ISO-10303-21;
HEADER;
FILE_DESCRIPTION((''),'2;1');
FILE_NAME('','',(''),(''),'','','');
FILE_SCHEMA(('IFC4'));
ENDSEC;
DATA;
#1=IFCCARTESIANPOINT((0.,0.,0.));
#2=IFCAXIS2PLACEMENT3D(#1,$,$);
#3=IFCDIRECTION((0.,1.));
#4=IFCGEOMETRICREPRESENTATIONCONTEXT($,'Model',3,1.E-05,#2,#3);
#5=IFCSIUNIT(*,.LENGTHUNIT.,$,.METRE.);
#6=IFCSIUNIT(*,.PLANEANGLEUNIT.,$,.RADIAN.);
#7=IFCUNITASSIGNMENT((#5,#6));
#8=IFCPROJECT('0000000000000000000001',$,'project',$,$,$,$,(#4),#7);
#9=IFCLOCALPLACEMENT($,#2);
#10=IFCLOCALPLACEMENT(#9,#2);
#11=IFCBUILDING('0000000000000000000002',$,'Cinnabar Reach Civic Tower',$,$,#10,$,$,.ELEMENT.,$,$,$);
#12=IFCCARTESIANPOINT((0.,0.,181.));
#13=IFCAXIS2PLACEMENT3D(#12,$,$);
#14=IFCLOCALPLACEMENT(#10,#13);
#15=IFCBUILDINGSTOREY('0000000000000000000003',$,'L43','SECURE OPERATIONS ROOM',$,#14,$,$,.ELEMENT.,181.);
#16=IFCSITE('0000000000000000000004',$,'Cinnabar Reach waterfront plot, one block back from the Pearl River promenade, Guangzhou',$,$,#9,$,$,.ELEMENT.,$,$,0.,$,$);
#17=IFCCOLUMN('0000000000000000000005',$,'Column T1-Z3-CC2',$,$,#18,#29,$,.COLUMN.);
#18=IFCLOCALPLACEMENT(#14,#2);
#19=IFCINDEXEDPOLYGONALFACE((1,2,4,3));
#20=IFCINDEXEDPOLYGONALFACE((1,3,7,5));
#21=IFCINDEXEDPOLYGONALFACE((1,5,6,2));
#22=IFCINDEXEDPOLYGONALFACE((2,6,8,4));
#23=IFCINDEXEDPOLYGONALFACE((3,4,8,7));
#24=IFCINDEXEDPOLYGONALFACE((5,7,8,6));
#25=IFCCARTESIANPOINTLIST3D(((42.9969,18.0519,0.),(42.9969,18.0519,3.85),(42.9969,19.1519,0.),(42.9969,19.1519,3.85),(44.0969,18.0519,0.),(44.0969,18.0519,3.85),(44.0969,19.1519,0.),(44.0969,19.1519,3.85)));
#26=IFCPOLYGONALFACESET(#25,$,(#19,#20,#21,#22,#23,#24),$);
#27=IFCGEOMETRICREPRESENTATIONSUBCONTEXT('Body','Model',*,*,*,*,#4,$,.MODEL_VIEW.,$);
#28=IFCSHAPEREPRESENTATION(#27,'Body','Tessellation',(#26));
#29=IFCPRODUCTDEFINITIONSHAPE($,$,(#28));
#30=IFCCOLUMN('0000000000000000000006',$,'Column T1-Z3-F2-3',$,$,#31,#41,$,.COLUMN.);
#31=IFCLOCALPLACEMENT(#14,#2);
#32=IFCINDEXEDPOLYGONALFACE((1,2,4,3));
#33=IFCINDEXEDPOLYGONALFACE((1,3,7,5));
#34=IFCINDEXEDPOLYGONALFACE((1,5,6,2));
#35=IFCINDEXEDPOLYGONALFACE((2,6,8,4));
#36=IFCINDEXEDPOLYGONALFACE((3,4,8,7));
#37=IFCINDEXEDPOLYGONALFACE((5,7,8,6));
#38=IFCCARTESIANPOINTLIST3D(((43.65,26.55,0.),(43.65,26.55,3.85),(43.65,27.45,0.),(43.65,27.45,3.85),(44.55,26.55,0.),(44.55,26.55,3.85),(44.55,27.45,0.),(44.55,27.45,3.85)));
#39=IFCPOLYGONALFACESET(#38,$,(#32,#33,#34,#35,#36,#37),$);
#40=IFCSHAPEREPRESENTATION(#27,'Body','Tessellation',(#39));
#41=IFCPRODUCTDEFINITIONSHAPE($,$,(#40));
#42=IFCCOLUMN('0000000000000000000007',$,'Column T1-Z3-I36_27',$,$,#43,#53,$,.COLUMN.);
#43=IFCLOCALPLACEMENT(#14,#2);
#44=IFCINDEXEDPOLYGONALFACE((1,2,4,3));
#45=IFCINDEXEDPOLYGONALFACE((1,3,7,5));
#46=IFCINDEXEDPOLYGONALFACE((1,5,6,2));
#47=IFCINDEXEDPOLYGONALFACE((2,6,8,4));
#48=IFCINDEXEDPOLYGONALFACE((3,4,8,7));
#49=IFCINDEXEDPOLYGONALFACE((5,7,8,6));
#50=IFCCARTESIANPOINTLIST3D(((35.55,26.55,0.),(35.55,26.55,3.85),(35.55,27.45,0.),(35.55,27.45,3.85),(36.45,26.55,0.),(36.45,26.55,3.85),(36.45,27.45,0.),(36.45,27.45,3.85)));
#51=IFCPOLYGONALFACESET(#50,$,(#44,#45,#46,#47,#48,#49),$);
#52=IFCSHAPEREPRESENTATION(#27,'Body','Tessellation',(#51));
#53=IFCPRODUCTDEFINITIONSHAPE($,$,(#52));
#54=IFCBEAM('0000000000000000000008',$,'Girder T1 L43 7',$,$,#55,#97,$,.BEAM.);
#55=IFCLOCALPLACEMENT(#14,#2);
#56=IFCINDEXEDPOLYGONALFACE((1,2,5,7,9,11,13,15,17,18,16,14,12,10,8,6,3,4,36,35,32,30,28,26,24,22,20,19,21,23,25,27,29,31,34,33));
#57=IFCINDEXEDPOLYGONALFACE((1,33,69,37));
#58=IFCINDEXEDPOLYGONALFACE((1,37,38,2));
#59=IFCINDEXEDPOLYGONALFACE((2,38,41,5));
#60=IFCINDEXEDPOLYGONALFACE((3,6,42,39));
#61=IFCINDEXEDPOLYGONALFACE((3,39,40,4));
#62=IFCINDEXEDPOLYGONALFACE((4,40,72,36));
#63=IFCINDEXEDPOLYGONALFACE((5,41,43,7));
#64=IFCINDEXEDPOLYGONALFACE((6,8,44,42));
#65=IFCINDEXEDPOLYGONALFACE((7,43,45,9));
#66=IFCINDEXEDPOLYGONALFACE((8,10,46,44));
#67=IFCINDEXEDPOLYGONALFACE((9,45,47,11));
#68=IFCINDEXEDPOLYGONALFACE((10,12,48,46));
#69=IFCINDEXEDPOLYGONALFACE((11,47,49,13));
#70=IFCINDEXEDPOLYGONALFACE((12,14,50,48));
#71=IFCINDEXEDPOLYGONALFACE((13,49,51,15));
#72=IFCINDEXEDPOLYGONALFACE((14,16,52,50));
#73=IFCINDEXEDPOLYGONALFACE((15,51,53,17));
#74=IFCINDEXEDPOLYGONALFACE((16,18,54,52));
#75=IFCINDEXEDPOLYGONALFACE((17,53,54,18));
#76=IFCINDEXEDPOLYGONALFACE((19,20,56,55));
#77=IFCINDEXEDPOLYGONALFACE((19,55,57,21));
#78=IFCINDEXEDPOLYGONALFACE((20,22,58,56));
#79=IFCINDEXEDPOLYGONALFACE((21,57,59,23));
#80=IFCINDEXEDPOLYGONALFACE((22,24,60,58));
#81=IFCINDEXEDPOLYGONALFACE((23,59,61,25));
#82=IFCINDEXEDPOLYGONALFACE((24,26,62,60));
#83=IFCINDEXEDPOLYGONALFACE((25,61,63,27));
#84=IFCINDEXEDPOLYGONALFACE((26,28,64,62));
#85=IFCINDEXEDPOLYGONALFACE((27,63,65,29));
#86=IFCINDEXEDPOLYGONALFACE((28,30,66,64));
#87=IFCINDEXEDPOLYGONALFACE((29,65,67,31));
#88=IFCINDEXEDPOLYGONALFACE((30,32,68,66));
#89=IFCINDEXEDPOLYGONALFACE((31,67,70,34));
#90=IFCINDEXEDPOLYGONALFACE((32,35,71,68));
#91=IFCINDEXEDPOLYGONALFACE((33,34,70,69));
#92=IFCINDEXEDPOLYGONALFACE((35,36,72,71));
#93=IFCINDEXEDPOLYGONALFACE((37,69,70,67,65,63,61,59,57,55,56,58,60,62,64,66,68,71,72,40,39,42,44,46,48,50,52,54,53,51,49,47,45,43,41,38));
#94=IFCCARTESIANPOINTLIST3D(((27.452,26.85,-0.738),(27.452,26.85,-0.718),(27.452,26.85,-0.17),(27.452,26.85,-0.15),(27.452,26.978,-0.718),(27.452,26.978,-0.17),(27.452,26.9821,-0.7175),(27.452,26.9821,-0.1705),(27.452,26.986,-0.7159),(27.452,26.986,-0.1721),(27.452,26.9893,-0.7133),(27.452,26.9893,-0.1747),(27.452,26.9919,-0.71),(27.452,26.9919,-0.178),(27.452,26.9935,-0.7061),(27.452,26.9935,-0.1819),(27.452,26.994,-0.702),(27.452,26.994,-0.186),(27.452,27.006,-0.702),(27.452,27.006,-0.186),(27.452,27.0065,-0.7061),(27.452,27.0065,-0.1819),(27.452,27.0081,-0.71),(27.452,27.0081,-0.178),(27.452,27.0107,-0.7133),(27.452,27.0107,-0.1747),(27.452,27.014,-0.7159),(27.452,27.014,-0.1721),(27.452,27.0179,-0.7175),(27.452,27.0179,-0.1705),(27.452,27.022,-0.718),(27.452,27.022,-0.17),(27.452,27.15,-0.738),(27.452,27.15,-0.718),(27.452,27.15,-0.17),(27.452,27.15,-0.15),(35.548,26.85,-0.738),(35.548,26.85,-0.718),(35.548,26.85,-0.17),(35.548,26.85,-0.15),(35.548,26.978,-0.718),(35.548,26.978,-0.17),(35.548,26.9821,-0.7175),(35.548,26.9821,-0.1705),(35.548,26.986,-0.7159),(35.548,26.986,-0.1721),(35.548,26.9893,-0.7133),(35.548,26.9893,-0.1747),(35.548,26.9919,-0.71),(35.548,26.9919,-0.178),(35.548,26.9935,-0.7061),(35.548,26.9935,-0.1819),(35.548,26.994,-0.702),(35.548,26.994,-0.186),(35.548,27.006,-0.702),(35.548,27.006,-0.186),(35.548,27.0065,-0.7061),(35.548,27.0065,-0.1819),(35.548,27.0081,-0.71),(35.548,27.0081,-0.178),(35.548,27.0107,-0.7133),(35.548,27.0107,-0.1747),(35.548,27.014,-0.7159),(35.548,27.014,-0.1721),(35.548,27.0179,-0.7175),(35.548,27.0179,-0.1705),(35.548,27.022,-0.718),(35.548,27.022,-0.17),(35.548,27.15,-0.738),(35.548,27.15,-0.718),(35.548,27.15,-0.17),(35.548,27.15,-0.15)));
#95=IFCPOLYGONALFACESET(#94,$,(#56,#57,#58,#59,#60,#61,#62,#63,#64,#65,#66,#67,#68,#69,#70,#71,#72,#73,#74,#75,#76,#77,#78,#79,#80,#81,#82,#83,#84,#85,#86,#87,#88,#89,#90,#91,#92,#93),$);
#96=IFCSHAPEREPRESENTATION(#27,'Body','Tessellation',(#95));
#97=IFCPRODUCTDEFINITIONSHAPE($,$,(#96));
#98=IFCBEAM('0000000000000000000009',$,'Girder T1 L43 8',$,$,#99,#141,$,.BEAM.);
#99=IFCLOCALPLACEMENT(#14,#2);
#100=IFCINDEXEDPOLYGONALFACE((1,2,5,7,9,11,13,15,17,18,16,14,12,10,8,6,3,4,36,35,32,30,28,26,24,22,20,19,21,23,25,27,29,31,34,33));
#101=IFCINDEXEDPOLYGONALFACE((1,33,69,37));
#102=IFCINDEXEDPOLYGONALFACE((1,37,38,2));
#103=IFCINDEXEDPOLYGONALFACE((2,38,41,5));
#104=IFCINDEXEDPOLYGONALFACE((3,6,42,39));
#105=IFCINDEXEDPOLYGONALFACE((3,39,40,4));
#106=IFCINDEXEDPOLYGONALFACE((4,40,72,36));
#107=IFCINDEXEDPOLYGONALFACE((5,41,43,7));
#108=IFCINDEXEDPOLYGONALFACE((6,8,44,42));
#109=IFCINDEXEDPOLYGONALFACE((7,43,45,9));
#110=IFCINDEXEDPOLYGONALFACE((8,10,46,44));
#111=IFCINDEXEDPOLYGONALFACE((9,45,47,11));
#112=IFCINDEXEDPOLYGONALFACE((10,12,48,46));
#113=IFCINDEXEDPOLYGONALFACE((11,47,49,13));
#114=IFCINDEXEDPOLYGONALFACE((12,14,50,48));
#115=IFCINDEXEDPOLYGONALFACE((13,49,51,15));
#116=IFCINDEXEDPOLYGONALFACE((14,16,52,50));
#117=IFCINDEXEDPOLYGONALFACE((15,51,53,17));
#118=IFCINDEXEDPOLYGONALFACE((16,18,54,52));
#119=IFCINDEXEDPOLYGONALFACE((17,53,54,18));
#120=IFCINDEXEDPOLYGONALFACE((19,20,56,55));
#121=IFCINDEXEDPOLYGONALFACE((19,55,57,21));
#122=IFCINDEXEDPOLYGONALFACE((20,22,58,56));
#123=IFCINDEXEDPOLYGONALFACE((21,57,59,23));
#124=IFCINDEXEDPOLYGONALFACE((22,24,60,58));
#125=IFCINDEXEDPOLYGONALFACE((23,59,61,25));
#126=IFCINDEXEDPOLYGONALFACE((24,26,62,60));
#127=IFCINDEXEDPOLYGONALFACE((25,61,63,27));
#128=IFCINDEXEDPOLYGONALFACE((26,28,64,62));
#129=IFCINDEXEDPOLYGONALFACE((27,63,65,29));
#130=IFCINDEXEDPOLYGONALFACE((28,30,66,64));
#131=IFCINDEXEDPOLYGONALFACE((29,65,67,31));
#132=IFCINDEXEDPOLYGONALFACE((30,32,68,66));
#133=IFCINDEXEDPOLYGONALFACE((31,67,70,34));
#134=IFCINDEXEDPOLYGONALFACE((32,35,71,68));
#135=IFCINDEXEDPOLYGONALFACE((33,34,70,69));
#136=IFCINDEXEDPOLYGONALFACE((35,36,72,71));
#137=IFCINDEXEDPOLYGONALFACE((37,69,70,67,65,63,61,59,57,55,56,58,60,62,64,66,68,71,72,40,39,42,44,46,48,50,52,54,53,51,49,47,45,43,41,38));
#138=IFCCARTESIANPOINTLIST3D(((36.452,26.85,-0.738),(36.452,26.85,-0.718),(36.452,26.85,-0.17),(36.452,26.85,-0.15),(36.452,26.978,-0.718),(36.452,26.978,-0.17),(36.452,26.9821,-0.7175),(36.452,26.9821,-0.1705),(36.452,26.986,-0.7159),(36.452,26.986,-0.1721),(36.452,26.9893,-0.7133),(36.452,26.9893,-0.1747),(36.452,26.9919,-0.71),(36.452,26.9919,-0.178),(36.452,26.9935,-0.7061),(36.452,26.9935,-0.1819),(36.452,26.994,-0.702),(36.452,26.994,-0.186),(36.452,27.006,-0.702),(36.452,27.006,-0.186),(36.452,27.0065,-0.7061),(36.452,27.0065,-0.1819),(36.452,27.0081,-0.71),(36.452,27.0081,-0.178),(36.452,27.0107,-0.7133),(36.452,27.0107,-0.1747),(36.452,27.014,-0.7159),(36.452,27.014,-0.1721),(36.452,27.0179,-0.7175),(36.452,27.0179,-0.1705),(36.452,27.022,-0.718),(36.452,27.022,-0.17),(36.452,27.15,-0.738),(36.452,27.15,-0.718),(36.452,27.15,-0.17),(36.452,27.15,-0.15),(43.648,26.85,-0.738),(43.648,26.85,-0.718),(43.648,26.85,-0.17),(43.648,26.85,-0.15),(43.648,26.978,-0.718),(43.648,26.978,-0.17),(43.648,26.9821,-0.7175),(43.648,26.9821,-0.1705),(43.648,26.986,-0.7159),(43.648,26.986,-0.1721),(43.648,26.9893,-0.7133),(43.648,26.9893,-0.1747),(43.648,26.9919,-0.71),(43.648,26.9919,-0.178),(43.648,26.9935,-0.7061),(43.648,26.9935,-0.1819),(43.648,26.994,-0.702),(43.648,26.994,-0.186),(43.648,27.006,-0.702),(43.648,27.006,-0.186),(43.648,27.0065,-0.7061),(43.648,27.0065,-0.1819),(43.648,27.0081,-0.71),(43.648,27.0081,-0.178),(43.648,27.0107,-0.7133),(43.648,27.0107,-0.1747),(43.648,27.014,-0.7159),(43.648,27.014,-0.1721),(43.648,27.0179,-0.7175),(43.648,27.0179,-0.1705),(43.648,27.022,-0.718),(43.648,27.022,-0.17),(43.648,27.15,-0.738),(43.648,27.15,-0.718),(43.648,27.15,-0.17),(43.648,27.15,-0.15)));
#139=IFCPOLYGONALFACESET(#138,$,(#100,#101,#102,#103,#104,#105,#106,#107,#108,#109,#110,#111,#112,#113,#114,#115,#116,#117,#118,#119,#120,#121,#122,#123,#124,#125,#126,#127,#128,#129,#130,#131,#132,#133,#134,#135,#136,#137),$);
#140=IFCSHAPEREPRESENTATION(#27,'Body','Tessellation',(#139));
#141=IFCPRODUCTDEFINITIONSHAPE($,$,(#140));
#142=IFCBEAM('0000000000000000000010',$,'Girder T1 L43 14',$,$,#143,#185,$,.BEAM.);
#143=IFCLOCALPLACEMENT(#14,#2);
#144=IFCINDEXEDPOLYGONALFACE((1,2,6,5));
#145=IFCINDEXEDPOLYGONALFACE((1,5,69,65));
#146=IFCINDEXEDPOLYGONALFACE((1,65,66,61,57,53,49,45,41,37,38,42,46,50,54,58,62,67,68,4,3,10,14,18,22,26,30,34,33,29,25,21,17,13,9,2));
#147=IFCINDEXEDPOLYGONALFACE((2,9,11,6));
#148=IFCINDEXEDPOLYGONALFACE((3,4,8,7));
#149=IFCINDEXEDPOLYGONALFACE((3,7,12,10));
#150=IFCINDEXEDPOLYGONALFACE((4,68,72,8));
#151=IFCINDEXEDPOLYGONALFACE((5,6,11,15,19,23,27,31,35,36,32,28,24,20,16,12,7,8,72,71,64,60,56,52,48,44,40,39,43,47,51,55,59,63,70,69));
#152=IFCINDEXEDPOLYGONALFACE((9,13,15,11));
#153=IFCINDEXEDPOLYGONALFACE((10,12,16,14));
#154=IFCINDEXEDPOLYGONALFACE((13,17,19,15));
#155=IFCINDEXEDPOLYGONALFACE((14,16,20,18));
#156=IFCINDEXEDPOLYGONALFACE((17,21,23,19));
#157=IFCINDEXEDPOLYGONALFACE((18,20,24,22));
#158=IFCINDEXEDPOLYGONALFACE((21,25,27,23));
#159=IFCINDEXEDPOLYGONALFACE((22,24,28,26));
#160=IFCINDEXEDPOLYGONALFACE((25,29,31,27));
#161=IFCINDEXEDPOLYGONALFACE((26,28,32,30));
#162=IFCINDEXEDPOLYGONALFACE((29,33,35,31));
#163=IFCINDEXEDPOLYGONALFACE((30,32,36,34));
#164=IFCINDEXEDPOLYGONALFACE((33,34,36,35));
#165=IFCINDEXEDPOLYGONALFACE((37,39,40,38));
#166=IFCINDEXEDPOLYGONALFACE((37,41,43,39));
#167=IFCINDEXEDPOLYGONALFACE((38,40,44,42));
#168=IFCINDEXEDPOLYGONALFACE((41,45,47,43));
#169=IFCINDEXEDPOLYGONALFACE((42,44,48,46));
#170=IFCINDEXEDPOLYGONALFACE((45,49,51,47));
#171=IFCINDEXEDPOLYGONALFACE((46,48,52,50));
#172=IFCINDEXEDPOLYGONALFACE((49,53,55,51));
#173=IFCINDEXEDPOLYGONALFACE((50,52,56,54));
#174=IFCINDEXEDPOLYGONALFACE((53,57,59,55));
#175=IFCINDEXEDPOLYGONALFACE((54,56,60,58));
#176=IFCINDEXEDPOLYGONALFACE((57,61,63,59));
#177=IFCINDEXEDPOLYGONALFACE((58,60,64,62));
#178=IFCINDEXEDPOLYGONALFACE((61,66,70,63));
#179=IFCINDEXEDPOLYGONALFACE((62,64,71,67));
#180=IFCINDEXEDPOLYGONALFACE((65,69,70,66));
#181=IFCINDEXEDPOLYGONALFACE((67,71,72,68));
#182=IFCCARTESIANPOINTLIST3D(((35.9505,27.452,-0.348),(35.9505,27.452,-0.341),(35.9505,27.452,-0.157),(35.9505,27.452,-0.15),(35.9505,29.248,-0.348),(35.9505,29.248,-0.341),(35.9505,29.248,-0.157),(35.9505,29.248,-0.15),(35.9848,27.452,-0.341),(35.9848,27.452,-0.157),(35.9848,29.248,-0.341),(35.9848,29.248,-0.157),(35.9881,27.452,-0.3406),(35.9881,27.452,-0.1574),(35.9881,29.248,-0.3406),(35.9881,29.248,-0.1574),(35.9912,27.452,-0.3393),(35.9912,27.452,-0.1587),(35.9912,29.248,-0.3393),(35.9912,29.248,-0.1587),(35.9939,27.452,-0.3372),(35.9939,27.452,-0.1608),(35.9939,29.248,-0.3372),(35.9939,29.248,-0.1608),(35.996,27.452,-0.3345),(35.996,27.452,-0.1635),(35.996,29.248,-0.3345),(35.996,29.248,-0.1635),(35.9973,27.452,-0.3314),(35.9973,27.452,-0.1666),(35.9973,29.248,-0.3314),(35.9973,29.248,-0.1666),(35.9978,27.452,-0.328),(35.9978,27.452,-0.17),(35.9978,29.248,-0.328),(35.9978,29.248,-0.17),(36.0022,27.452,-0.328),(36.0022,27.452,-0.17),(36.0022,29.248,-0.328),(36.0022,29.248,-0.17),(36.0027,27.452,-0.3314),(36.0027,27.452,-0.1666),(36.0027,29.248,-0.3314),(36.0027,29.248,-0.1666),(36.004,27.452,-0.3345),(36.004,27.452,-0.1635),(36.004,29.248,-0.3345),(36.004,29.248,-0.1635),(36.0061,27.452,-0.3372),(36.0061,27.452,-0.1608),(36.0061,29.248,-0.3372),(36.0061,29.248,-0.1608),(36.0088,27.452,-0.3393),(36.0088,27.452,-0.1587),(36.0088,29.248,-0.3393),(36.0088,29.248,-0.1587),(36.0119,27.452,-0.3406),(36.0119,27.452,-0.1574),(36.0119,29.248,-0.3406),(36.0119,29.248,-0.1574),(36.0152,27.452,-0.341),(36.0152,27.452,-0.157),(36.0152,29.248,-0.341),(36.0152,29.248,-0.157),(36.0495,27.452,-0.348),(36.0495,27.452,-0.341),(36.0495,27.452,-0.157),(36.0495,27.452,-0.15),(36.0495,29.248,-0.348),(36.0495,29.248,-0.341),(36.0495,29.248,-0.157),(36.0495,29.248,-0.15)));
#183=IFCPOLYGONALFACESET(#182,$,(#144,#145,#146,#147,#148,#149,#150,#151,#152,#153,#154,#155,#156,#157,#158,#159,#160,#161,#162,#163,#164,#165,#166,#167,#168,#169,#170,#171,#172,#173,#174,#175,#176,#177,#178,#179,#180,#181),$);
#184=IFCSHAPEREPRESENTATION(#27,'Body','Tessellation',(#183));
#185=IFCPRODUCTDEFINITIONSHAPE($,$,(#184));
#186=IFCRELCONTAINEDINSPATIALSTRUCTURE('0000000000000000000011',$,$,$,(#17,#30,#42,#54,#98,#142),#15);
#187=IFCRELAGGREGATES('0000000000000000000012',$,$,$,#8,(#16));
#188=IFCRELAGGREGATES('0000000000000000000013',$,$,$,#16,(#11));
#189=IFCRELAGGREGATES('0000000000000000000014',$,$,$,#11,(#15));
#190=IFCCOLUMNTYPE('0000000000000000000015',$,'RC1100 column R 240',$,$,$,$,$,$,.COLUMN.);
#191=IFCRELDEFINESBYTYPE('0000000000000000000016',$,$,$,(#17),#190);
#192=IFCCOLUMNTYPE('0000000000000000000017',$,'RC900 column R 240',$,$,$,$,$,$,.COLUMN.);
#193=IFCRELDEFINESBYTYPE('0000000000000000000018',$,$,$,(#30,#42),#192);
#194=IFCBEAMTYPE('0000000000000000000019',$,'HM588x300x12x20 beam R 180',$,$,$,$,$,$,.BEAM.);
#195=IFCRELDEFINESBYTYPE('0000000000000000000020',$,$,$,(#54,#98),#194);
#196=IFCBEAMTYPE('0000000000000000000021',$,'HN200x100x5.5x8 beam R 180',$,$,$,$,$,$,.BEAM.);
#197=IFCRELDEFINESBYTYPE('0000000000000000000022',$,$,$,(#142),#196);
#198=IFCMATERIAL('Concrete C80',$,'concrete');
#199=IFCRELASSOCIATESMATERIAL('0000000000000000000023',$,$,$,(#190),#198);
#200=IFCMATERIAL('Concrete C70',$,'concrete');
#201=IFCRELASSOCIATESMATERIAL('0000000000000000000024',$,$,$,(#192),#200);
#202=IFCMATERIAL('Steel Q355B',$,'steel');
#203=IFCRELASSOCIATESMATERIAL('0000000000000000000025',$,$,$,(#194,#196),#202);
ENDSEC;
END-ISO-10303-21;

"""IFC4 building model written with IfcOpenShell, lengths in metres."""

from ifc_helpers import new_model, si_unit, direction, frame, origin, origin_2d, place, context, subcontext, project, spatial, rectangle, i_section, extrude, material, material_profile, profile_set, type_object, element, save


model = new_model("IFC4")

# Units and contexts
model_context = context("Model", 3, precision=1e-05, world=origin(), true_north=direction((0.0, 1.0)))
body_context = subcontext(model_context, "Body", "Model", "MODEL_VIEW")
ifc_project = project(units=[si_unit("LENGTHUNIT", "METRE"), si_unit("PLANEANGLEUNIT", "RADIAN")], contexts=[model_context])

# Site, building, storey
site_placement = place(None, origin())
site = spatial("IfcSite", under=ifc_project, at=site_placement, Name="Cinnabar Reach waterfront plot, one block back from the Pearl River promenade, Guangzhou", CompositionType="ELEMENT", RefElevation=0.0)
building_placement = place(site_placement, origin())
building = spatial("IfcBuilding", under=site, at=building_placement, Name="Cinnabar Reach Civic Tower", CompositionType="ELEMENT")
storey_placement = place(building_placement, frame((0.0, 0.0, 181.0)))
storey = spatial("IfcBuildingStorey", under=building, at=storey_placement, Name="L43", Description="SECURE OPERATIONS ROOM", CompositionType="ELEMENT", Elevation=181.0)

# Columns
ifc_material_1 = material(Name="Concrete C80", Category="concrete")
ifc_material_profile_1 = material_profile(ifc_material_1, rectangle(XDim=1.1, YDim=1.1, at=origin_2d()), Name="RC1100")
ifc_profile_set_1 = profile_set([ifc_material_profile_1], Name="Concrete C80")
column_type_1 = type_object("IfcColumnType", Name="RC1100 column R 240", PredefinedType="COLUMN", material=ifc_profile_set_1)
column_placement = place(storey_placement, frame((43.5469, 18.6019, 0.0), z_axis=(0.0, 0.0, 1.0), x_axis=(1.0, 0.0, 0.0)))
element("IfcColumn", 1, at=column_placement, inside=storey, type_object=column_type_1, Name="Column T1-Z3-CC2", PredefinedType="COLUMN", context=body_context, shape_type="SweptSolid", body=[
    extrude(rectangle(XDim=1.1, YDim=1.1, at=origin_2d()), origin(), (0.0, 0.0, 1.0), 3.85),
])
ifc_material_2 = material(Name="Concrete C70", Category="concrete")
ifc_material_profile_2 = material_profile(ifc_material_2, rectangle(XDim=0.9, YDim=0.9, at=origin_2d()), Name="RC900")
ifc_profile_set_2 = profile_set([ifc_material_profile_2], Name="Concrete C70")
column_type_2 = type_object("IfcColumnType", Name="RC900 column R 240", PredefinedType="COLUMN", material=ifc_profile_set_2)
for number, where, z_axis, x_axis, name in (
    (2, (44.1, 27.0, 0.0), (0.0, 0.0, 1.0), (1.0, 0.0, 0.0), "Column T1-Z3-F2-3"),
    (3, (36.0, 27.0, 0.0), (0.0, 0.0, 1.0), (1.0, 0.0, 0.0), "Column T1-Z3-I36_27"),
):
    element("IfcColumn", number, at=place(storey_placement, frame(where, z_axis=z_axis, x_axis=x_axis)), inside=storey, type_object=column_type_2, Name=name, PredefinedType="COLUMN", context=body_context, shape_type="SweptSolid", body=[
        extrude(rectangle(XDim=0.9, YDim=0.9, at=origin_2d()), origin(), (0.0, 0.0, 1.0), 3.85),
    ])

# Beams
ifc_material_3 = material(Name="Steel Q355B", Category="steel")
ifc_material_profile_3 = material_profile(ifc_material_3, i_section(OverallWidth=0.3, OverallDepth=0.588, WebThickness=0.012, FlangeThickness=0.02, FilletRadius=0.016, at=origin_2d()), Name="HM588x300x12x20")
ifc_profile_set_3 = profile_set([ifc_material_profile_3], Name="Steel Q355B")
beam_type_1 = type_object("IfcBeamType", Name="HM588x300x12x20 beam R 180", PredefinedType="BEAM", material=ifc_profile_set_3)
beam_1_placement = place(storey_placement, frame((27.452, 27.0, -0.444), z_axis=(1.0, 0.0, 0.0), x_axis=(0.0, 1.0, 0.0)))
element("IfcBeam", 4, at=beam_1_placement, inside=storey, type_object=beam_type_1, Name="Girder T1 L43 7", PredefinedType="BEAM", context=body_context, shape_type="SweptSolid", body=[
    extrude(i_section(OverallWidth=0.3, OverallDepth=0.588, WebThickness=0.012, FlangeThickness=0.02, FilletRadius=0.016, at=origin_2d()), origin(), (0.0, 0.0, 1.0), 8.096),
])
beam_2_placement = place(storey_placement, frame((36.452, 27.0, -0.444), z_axis=(1.0, 0.0, 0.0), x_axis=(0.0, 1.0, 0.0)))
element("IfcBeam", 5, at=beam_2_placement, inside=storey, type_object=beam_type_1, Name="Girder T1 L43 8", PredefinedType="BEAM", context=body_context, shape_type="SweptSolid", body=[
    extrude(i_section(OverallWidth=0.3, OverallDepth=0.588, WebThickness=0.012, FlangeThickness=0.02, FilletRadius=0.016, at=origin_2d()), origin(), (0.0, 0.0, 1.0), 7.196),
])
ifc_material_profile_4 = material_profile(ifc_material_3, i_section(OverallWidth=0.099, OverallDepth=0.198, WebThickness=0.0045, FlangeThickness=0.007, FilletRadius=0.013, at=origin_2d()), Name="HN200x100x5.5x8")
ifc_profile_set_4 = profile_set([ifc_material_profile_4], Name="Steel Q355B")
beam_type_2 = type_object("IfcBeamType", Name="HN200x100x5.5x8 beam R 180", PredefinedType="BEAM", material=ifc_profile_set_4)
beam_3_placement = place(storey_placement, frame((36.0, 27.452, -0.249), z_axis=(0.0, 1.0, 0.0), x_axis=(-1.0, 0.0, 0.0)))
element("IfcBeam", 6, at=beam_3_placement, inside=storey, type_object=beam_type_2, Name="Girder T1 L43 14", PredefinedType="BEAM", context=body_context, shape_type="SweptSolid", body=[
    extrude(i_section(OverallWidth=0.099, OverallDepth=0.198, WebThickness=0.0045, FlangeThickness=0.007, FilletRadius=0.013, at=origin_2d()), origin(), (0.0, 0.0, 1.0), 1.796),
])

save(model, "model.ifc")
